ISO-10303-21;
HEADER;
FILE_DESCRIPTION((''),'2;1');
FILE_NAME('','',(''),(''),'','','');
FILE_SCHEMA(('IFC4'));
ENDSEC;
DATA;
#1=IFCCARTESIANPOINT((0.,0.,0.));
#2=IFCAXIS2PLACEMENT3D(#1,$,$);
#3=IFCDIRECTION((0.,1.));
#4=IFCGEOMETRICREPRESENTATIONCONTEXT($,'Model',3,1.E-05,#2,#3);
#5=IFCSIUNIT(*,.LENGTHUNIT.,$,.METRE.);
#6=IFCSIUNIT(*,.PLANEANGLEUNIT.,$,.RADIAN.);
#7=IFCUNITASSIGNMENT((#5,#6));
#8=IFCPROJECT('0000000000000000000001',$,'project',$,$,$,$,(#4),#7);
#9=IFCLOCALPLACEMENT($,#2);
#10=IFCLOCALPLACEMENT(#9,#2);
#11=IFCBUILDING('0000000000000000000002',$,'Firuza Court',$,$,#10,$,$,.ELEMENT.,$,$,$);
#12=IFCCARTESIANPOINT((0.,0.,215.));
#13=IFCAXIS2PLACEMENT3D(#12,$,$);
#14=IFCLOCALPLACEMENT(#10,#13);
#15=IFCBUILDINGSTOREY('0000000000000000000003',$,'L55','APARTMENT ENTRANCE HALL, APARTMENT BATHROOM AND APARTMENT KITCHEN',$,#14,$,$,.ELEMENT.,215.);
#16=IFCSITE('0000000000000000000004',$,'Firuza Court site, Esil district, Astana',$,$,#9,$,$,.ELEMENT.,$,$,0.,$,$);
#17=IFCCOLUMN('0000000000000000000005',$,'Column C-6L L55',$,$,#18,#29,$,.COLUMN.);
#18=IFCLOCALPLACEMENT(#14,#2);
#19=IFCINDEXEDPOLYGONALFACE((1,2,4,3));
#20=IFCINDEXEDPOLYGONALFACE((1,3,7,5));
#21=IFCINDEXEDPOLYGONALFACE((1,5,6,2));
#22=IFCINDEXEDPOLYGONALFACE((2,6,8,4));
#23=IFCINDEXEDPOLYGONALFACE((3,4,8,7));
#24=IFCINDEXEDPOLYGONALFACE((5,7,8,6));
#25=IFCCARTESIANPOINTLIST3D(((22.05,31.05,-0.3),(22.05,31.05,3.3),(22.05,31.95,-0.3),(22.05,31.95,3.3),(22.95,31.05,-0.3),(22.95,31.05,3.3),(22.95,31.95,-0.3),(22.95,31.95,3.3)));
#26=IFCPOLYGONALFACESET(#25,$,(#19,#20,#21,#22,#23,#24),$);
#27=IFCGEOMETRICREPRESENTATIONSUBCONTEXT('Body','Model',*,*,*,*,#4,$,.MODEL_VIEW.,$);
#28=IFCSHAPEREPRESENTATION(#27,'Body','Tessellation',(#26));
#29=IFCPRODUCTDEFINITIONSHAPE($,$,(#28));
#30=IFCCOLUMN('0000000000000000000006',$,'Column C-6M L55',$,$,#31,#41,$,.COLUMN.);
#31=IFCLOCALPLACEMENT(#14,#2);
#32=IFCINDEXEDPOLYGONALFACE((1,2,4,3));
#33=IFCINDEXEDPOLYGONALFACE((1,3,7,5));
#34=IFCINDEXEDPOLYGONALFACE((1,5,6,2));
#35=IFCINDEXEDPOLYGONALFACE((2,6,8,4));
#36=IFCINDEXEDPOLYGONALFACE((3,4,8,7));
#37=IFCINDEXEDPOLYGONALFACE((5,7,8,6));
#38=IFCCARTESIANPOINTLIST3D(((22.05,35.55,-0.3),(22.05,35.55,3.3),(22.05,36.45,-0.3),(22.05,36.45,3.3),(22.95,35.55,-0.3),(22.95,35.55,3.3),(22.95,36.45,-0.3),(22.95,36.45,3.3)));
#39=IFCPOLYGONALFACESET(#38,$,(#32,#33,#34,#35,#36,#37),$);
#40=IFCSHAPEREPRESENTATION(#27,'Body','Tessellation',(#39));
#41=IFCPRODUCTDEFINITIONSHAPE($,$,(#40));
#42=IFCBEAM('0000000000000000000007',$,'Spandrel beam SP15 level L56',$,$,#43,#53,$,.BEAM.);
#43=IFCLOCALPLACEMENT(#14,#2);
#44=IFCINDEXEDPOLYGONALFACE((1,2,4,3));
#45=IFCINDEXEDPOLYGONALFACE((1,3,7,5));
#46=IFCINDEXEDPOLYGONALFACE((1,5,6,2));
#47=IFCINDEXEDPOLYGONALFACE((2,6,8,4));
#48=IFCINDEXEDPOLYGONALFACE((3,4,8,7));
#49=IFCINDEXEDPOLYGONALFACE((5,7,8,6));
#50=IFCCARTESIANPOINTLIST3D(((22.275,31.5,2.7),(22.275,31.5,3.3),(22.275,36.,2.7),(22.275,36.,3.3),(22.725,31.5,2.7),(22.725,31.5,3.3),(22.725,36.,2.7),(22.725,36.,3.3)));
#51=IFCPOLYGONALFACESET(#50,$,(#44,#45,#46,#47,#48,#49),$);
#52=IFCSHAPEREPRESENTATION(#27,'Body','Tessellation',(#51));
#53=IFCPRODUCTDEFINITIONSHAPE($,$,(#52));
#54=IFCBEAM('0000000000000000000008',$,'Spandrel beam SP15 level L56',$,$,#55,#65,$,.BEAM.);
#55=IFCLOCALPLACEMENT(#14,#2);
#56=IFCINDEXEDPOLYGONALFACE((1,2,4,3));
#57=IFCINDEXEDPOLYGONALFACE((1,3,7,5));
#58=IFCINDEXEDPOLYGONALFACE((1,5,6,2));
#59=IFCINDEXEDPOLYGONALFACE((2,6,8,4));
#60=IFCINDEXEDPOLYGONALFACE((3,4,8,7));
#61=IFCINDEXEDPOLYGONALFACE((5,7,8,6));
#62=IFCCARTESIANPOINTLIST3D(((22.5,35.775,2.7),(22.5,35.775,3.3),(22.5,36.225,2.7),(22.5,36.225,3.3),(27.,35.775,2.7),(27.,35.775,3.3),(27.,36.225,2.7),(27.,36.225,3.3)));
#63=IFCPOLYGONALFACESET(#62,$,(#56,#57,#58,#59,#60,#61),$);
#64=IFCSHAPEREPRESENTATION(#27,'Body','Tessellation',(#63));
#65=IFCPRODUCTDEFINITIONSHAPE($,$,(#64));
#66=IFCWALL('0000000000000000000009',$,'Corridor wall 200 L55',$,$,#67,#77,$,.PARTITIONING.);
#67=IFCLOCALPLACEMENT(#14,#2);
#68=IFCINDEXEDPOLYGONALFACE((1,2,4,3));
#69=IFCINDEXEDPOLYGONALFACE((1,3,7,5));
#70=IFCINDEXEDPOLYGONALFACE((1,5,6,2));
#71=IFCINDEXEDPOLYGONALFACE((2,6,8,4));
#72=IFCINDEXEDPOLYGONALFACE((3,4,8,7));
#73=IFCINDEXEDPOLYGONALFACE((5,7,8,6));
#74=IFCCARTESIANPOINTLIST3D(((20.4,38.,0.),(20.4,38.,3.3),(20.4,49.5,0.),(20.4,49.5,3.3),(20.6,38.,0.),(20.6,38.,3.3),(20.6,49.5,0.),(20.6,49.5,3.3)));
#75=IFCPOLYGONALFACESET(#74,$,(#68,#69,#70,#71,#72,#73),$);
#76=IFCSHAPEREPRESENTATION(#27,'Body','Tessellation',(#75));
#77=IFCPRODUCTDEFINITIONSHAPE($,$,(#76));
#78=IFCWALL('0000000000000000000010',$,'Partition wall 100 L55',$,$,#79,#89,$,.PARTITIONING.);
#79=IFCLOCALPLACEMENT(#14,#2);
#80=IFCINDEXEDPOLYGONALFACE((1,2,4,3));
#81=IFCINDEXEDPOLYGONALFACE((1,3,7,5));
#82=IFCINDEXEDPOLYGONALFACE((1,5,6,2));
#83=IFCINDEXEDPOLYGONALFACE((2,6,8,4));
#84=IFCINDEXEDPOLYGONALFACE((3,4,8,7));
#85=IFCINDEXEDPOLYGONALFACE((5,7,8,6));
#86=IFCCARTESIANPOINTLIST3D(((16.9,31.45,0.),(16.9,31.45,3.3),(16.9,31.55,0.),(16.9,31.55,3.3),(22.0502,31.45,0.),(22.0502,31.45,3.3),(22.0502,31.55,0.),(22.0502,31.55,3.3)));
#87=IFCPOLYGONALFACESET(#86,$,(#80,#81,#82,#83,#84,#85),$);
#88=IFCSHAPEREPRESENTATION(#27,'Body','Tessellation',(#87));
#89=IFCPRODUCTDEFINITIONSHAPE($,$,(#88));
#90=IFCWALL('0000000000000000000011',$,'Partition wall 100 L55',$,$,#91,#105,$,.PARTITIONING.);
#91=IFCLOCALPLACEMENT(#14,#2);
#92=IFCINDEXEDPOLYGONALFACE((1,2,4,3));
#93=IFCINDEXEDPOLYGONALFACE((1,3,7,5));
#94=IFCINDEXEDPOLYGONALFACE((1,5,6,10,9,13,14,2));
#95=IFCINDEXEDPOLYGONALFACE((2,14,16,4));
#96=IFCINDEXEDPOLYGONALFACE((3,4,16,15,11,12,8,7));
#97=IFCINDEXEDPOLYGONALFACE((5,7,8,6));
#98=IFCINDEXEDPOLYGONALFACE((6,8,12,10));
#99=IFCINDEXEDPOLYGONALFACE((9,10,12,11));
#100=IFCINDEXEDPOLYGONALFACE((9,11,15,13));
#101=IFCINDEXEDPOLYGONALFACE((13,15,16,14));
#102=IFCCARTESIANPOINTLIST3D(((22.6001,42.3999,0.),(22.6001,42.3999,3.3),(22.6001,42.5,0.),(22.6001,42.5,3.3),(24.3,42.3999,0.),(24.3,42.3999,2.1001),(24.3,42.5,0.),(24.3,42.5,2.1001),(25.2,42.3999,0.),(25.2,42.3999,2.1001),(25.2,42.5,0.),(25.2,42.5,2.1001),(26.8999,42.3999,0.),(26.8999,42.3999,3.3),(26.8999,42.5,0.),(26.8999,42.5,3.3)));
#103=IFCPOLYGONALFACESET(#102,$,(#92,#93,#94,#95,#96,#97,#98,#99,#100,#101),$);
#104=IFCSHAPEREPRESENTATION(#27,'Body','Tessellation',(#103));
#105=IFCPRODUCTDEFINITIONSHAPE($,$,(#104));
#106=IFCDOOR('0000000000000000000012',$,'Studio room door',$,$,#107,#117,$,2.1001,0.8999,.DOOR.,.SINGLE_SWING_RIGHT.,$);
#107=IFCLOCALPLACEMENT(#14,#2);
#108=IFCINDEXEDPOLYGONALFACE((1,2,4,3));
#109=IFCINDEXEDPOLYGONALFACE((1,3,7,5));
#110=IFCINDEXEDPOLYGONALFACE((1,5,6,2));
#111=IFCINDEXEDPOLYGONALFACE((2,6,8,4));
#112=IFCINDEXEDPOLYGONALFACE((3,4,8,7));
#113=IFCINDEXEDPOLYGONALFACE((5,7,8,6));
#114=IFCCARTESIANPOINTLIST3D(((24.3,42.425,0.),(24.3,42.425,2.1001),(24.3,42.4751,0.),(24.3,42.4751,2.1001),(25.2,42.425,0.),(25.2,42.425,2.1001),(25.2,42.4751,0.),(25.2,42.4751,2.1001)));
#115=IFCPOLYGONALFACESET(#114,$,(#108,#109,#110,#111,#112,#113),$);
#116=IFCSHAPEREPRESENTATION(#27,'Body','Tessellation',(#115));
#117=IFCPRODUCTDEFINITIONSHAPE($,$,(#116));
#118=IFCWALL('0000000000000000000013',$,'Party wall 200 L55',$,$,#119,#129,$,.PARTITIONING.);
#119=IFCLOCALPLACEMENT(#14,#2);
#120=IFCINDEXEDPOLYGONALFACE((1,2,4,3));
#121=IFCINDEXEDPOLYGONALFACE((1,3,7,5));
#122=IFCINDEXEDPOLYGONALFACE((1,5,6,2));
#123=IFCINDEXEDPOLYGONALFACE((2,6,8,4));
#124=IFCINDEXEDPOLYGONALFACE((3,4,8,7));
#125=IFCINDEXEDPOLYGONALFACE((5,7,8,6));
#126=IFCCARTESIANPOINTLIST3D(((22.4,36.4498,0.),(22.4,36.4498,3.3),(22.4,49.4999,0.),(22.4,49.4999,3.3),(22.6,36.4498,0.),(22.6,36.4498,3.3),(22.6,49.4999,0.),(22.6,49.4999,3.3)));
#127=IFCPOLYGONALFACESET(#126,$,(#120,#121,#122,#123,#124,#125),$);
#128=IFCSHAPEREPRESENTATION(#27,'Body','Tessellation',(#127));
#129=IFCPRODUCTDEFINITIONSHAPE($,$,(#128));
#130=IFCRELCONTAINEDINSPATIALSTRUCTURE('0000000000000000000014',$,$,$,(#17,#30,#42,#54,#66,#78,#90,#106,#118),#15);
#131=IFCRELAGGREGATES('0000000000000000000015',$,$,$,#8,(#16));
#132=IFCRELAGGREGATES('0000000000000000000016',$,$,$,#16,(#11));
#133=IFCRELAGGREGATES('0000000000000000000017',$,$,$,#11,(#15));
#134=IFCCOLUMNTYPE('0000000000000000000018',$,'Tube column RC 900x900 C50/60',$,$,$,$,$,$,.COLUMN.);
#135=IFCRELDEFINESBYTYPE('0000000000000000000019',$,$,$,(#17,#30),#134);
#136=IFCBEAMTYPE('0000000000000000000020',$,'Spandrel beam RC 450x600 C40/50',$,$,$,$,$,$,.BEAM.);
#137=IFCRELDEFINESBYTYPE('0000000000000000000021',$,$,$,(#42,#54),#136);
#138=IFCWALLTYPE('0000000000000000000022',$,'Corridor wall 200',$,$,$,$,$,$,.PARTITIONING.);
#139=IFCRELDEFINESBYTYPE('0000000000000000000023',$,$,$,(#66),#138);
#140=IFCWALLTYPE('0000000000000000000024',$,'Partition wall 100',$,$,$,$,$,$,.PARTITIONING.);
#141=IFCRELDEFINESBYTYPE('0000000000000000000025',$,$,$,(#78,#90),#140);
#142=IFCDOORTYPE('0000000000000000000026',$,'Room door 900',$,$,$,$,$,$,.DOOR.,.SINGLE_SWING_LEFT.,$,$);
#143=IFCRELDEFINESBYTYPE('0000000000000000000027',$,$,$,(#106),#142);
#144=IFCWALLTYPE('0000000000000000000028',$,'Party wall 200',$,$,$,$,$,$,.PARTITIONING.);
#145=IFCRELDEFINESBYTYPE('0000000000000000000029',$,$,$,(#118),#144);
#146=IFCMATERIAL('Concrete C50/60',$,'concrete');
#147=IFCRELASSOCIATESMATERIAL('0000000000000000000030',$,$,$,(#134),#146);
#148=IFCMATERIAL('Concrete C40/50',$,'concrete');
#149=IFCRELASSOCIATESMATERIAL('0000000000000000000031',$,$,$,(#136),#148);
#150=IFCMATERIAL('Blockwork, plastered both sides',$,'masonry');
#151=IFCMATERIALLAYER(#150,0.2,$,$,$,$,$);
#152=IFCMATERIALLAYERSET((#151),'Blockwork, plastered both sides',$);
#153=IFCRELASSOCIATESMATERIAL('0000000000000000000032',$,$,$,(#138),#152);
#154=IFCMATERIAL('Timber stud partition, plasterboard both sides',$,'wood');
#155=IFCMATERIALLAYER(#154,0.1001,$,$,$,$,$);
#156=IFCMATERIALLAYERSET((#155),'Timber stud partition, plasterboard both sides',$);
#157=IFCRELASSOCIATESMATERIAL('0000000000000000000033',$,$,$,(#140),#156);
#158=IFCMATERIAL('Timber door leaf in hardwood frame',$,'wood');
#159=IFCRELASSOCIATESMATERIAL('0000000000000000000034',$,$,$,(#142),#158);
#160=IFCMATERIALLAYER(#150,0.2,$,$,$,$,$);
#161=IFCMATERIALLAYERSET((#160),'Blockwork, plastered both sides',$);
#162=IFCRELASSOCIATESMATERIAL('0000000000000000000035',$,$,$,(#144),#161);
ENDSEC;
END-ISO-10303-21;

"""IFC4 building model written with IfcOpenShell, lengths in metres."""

from ifc_helpers import new_model, si_unit, direction, frame, frame_2d, origin, origin_2d, place, context, subcontext, project, spatial, rectangle, extrude, material, layer, layer_set, material_profile, profile_set, type_object, element, fill, save


model = new_model("IFC4")

# Units and contexts
model_context = context("Model", 3, precision=1e-05, world=origin(), true_north=direction((0.0, 1.0)))
body_context = subcontext(model_context, "Body", "Model", "MODEL_VIEW")
ifc_project = project(units=[si_unit("LENGTHUNIT", "METRE"), si_unit("PLANEANGLEUNIT", "RADIAN")], contexts=[model_context])

# Site, building, storey
site_placement = place(None, origin())
site = spatial("IfcSite", under=ifc_project, at=site_placement, Name="Firuza Court site, Esil district, Astana", CompositionType="ELEMENT", RefElevation=0.0)
building_placement = place(site_placement, origin())
building = spatial("IfcBuilding", under=site, at=building_placement, Name="Firuza Court", CompositionType="ELEMENT")
storey_placement = place(building_placement, frame((0.0, 0.0, 215.0)))
storey = spatial("IfcBuildingStorey", under=building, at=storey_placement, Name="L55", Description="APARTMENT ENTRANCE HALL, APARTMENT BATHROOM AND APARTMENT KITCHEN", CompositionType="ELEMENT", Elevation=215.0)

# Columns
ifc_material_1 = material(Name="Concrete C50/60", Category="concrete")
ifc_material_profile_1 = material_profile(ifc_material_1, rectangle(XDim=0.8999, YDim=0.8999, at=origin_2d()), Name="RC 900x900")
ifc_profile_set_1 = profile_set([ifc_material_profile_1], Name="Concrete C50/60")
column_type = type_object("IfcColumnType", Name="Tube column RC 900x900 C50/60", PredefinedType="COLUMN", material=ifc_profile_set_1)
for number, where, z_axis, x_axis, name in (
    (1, (22.5, 31.5, -0.3), (0.0, 0.0, 1.0), (1.0, 0.0, 0.0), "Column C-6L L55"),
    (2, (22.5, 36.0, -0.3), (0.0, 0.0, 1.0), (1.0, 0.0, 0.0), "Column C-6M L55"),
):
    element("IfcColumn", number, at=place(storey_placement, frame(where, z_axis=z_axis, x_axis=x_axis)), inside=storey, type_object=column_type, Name=name, PredefinedType="COLUMN", context=body_context, shape_type="SweptSolid", body=[
        extrude(rectangle(XDim=0.8999, YDim=0.8999, at=origin_2d()), origin(), (0.0, 0.0, 1.0), 3.6001),
    ])

# Beams
ifc_material_2 = material(Name="Concrete C40/50", Category="concrete")
ifc_material_profile_2 = material_profile(ifc_material_2, rectangle(XDim=0.45, YDim=0.6001, at=origin_2d()), Name="RC 450x600")
ifc_profile_set_2 = profile_set([ifc_material_profile_2], Name="Concrete C40/50")
beam_type = type_object("IfcBeamType", Name="Spandrel beam RC 450x600 C40/50", PredefinedType="BEAM", material=ifc_profile_set_2)
for number, where, z_axis, x_axis, name in (
    (3, (22.5, 31.5, 3.0), (0.0, 1.0, 0.0), (-1.0, 0.0, 0.0), "Spandrel beam SP15 level L56"),
    (4, (22.5, 36.0, 3.0), (1.0, 0.0, 0.0), (0.0, 1.0, 0.0), "Spandrel beam SP15 level L56"),
):
    element("IfcBeam", number, at=place(storey_placement, frame(where, z_axis=z_axis, x_axis=x_axis)), inside=storey, type_object=beam_type, Name=name, PredefinedType="BEAM", context=body_context, shape_type="SweptSolid", body=[
        extrude(rectangle(XDim=0.45, YDim=0.6001, at=origin_2d()), origin(), (0.0, 0.0, 1.0), 4.5),
    ])

# Walls
ifc_material_3 = material(Name="Blockwork, plastered both sides", Category="masonry")
ifc_layer_1 = layer(ifc_material_3, 0.2)
ifc_layer_set_1 = layer_set([ifc_layer_1], Name="Blockwork, plastered both sides")
wall_type_1 = type_object("IfcWallType", Name="Corridor wall 200", PredefinedType="PARTITIONING", material=ifc_layer_set_1)
wall_1_placement = place(storey_placement, frame((20.5, 38.0, 0.0), z_axis=(0.0, 0.0, 1.0), x_axis=(0.0, 1.0, 0.0)))
element("IfcWall", 5, at=wall_1_placement, inside=storey, type_object=wall_type_1, Name="Corridor wall 200 L55", PredefinedType="PARTITIONING", context=body_context, shape_type="SweptSolid", body=[
    extrude(rectangle(XDim=11.5, YDim=0.2, at=frame_2d((5.75, 0.0))), origin(), (0.0, 0.0, 1.0), 3.3),
])
ifc_material_4 = material(Name="Timber stud partition, plasterboard both sides", Category="wood")
ifc_layer_2 = layer(ifc_material_4, 0.1001)
ifc_layer_set_2 = layer_set([ifc_layer_2], Name="Timber stud partition, plasterboard both sides")
wall_type_2 = type_object("IfcWallType", Name="Partition wall 100", PredefinedType="PARTITIONING", material=ifc_layer_set_2)
wall_2_placement = place(storey_placement, frame((16.8999, 31.5, 0.0), z_axis=(0.0, 0.0, 1.0), x_axis=(1.0, 0.0, 0.0)))
element("IfcWall", 6, at=wall_2_placement, inside=storey, type_object=wall_type_2, Name="Partition wall 100 L55", PredefinedType="PARTITIONING", context=body_context, shape_type="SweptSolid", body=[
    extrude(rectangle(XDim=5.1501, YDim=0.1001, at=frame_2d((2.5752, 0.0))), origin(), (0.0, 0.0, 1.0), 3.3),
])

# Wall, opening, door
wall_3_placement = place(storey_placement, frame((22.6001, 42.45, 0.0), z_axis=(0.0, 0.0, 1.0), x_axis=(1.0, 0.0, 0.0)))
wall_3 = element("IfcWall", 7, at=wall_3_placement, inside=storey, type_object=wall_type_2, Name="Partition wall 100 L55", PredefinedType="PARTITIONING", context=body_context, shape_type="SweptSolid", body=[
    extrude(rectangle(XDim=4.2998, YDim=0.1001, at=frame_2d((2.1499, 0.0))), origin(), (0.0, 0.0, 1.0), 3.3),
])
opening_1_placement = place(wall_3_placement, frame((1.7, 0.0, 0.0)))
opening_1 = element("IfcOpeningElement", 8, at=opening_1_placement, cuts=wall_3, PredefinedType="OPENING", context=body_context, shape_type="SweptSolid", body=[
    extrude(rectangle(XDim=0.8999, YDim=2.1001, at=frame_2d((0.45, 1.05))), frame((0.0, 0.062, 0.0), z_axis=(0.0, -1.0, 0.0), x_axis=(1.0, 0.0, 0.0)), (0.0, 0.0, 1.0), 0.124),
])
ifc_material_5 = material(Name="Timber door leaf in hardwood frame", Category="wood")
door_type = type_object("IfcDoorType", Name="Room door 900", OperationType="SINGLE_SWING_LEFT", PredefinedType="DOOR", material=ifc_material_5)
door_placement = place(opening_1_placement, frame((0.8999, 0.0, 0.0), z_axis=(0.0, 0.0, 1.0), x_axis=(-1.0, 0.0, 0.0)))
door = element("IfcDoor", 9, at=door_placement, inside=storey, type_object=door_type, Name="Studio room door", OperationType="SINGLE_SWING_RIGHT", OverallHeight=2.1001, OverallWidth=0.8999, PredefinedType="DOOR", context=body_context, shape_type="SweptSolid", body=[
    extrude(rectangle(XDim=0.8999, YDim=2.1001, at=frame_2d((0.45, 1.05))), frame((0.0, 0.0249, 0.0), z_axis=(0.0, -1.0, 0.0), x_axis=(1.0, 0.0, 0.0)), (0.0, 0.0, 1.0), 0.05),
])
fill(opening_1, door)

# Wall
ifc_layer_3 = layer(ifc_material_3, 0.2)
ifc_layer_set_3 = layer_set([ifc_layer_3], Name="Blockwork, plastered both sides")
wall_type_3 = type_object("IfcWallType", Name="Party wall 200", PredefinedType="PARTITIONING", material=ifc_layer_set_3)
wall_4_placement = place(storey_placement, frame((22.5, 36.45, 0.0), z_axis=(0.0, 0.0, 1.0), x_axis=(0.0, 1.0, 0.0)))
element("IfcWall", 10, at=wall_4_placement, inside=storey, type_object=wall_type_3, Name="Party wall 200 L55", PredefinedType="PARTITIONING", context=body_context, shape_type="SweptSolid", body=[
    extrude(rectangle(XDim=13.05, YDim=0.2, at=frame_2d((6.5249, 0.0))), origin(), (0.0, 0.0, 1.0), 3.3),
])

save(model, "model.ifc")
